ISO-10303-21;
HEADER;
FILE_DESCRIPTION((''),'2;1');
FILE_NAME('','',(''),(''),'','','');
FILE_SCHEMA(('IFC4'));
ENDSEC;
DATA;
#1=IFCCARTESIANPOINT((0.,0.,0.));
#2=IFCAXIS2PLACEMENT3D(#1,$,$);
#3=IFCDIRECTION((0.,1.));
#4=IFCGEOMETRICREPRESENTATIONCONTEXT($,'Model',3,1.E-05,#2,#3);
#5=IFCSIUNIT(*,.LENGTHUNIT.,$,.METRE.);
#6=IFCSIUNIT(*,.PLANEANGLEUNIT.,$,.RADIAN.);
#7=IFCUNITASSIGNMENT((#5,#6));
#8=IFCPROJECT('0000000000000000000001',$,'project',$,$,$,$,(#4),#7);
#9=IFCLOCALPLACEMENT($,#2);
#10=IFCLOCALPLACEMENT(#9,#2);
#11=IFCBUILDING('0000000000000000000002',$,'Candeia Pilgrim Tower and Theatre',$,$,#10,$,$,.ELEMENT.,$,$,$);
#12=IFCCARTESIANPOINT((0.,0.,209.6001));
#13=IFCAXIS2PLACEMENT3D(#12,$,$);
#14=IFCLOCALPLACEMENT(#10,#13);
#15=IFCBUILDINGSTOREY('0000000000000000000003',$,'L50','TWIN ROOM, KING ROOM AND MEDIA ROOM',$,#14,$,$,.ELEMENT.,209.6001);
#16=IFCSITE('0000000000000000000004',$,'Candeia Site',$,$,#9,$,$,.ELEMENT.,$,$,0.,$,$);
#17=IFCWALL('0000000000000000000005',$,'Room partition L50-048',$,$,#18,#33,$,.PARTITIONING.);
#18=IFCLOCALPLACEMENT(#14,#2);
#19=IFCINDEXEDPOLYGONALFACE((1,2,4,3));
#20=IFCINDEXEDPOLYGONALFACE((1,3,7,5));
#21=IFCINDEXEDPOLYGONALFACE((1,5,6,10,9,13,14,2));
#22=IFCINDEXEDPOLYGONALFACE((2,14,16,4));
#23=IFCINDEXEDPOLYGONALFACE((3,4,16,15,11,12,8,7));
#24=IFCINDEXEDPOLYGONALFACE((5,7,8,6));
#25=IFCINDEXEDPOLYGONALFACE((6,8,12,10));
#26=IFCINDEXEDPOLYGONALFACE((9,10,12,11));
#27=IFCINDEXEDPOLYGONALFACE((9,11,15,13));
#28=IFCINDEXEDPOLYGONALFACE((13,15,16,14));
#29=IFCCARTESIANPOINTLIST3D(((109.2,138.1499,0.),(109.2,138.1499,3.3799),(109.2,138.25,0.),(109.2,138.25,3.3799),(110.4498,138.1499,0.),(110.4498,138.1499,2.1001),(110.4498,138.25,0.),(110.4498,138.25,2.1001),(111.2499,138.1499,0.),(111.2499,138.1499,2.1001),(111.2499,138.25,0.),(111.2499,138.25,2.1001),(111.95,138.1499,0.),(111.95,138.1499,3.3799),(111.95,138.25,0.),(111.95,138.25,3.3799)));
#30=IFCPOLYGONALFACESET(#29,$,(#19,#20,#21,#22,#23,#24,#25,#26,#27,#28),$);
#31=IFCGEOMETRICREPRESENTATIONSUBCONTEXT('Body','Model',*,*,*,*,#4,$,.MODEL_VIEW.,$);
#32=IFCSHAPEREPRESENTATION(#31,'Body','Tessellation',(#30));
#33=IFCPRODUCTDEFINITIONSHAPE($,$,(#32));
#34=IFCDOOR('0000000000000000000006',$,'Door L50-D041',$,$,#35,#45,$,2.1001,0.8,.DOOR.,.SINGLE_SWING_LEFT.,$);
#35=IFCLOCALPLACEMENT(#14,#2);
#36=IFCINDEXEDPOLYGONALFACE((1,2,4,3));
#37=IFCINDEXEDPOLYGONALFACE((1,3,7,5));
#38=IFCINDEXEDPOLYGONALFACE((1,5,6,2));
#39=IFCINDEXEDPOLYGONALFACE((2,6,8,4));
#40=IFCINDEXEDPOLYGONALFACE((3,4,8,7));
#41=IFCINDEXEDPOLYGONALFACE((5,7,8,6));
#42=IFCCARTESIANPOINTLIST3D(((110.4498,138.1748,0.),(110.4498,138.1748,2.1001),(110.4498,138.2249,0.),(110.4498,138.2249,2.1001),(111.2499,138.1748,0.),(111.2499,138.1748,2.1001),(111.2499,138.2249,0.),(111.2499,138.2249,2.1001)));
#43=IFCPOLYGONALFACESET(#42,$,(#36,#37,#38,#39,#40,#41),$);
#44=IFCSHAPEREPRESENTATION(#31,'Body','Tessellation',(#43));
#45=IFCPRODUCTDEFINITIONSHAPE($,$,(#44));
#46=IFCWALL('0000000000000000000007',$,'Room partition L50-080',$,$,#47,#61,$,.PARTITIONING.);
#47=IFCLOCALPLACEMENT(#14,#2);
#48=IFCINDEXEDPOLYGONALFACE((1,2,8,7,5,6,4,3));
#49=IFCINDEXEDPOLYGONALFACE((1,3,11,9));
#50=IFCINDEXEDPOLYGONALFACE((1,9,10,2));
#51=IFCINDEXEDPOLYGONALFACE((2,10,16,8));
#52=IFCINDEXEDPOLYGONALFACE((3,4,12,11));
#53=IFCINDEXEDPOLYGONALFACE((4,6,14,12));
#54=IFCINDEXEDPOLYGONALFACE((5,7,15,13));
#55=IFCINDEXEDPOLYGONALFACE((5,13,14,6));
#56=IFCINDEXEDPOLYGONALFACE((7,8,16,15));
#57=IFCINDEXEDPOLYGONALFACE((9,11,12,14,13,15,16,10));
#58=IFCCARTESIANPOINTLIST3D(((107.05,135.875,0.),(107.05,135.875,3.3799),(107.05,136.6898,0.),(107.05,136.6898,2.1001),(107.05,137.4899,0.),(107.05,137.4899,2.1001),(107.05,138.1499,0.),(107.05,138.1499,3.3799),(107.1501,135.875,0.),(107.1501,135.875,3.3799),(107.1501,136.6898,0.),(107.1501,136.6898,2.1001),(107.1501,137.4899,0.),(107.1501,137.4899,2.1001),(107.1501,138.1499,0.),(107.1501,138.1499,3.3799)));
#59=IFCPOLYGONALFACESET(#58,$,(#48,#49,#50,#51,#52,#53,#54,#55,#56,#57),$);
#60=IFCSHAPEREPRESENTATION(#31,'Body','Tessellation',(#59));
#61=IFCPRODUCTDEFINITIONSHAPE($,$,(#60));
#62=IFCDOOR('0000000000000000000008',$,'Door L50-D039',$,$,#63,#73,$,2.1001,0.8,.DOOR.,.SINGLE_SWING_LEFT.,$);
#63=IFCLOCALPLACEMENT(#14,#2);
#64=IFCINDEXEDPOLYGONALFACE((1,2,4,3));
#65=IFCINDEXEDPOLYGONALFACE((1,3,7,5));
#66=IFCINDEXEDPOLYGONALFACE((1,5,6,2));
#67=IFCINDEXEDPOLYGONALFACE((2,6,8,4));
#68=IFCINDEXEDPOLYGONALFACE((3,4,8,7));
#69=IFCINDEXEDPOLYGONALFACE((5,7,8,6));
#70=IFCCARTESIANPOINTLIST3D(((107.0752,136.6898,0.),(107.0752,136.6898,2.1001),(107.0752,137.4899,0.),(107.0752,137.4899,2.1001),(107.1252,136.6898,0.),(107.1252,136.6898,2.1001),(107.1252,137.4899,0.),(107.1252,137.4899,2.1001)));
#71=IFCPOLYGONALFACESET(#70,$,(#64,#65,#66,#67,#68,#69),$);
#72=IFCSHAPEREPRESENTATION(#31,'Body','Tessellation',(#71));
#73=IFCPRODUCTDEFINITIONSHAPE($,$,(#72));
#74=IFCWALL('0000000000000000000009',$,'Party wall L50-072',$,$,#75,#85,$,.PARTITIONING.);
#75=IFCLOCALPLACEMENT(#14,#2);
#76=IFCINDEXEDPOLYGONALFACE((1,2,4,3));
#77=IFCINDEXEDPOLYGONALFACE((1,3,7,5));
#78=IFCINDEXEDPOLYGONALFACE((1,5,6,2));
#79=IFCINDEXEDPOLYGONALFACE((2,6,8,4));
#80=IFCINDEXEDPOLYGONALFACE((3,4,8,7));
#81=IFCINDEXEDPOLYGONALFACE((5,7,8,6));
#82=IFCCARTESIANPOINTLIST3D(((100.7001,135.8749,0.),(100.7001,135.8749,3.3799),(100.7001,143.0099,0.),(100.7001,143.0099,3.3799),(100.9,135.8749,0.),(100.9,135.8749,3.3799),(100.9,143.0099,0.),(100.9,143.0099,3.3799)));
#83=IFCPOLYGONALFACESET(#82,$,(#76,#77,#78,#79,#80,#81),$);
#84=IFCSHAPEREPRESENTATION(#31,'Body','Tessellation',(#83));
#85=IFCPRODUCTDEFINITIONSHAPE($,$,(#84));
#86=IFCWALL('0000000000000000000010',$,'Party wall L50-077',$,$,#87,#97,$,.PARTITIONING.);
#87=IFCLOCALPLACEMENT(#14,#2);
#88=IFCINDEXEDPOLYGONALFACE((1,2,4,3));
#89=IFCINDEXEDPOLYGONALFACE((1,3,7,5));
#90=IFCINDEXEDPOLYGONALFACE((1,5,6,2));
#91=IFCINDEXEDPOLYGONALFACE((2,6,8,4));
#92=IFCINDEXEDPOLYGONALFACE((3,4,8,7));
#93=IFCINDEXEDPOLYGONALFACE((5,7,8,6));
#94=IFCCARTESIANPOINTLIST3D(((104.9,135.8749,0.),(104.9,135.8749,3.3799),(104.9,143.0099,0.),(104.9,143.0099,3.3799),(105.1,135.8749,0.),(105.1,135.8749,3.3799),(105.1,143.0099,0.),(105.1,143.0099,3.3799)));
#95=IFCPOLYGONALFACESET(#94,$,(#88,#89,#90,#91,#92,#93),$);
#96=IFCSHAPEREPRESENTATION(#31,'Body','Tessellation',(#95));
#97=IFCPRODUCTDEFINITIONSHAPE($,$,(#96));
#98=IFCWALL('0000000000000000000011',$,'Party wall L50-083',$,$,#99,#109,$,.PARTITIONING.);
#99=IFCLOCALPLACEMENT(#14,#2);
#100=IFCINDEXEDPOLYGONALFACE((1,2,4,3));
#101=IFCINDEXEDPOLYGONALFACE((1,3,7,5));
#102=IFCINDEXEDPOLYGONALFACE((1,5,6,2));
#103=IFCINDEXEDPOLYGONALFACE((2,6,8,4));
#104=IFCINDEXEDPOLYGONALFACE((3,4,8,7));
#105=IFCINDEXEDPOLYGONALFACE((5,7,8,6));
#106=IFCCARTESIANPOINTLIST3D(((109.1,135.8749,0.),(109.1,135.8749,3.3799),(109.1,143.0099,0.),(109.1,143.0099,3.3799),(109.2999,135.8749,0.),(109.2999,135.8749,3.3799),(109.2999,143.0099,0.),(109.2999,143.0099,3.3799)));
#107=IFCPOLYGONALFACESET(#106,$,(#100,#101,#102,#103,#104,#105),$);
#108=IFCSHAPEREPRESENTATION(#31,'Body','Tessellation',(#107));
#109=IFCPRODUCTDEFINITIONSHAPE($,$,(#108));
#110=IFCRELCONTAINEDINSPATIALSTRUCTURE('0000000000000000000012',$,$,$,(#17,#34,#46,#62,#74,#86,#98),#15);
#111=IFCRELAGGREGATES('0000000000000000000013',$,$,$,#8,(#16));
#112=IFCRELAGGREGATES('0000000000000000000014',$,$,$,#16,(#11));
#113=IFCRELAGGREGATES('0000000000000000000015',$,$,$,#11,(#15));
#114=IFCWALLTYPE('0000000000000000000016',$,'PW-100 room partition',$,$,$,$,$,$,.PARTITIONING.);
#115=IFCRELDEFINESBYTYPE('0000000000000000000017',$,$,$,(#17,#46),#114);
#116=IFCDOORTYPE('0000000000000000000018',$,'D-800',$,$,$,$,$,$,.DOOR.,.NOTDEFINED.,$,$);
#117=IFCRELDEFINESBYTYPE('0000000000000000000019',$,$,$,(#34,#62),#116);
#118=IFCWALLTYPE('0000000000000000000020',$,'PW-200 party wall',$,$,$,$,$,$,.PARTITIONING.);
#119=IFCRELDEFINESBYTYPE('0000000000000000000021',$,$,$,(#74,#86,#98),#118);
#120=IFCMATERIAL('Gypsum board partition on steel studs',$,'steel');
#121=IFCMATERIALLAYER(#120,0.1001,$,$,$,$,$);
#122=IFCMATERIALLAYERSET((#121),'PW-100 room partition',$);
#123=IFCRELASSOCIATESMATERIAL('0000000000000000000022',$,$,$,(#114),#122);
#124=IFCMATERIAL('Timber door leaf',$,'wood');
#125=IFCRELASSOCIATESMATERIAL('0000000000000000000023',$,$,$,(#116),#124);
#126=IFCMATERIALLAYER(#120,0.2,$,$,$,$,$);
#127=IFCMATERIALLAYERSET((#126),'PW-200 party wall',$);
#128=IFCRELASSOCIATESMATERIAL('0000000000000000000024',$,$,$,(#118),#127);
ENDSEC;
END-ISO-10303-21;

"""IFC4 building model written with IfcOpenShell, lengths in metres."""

from ifc_helpers import new_model, si_unit, direction, frame, frame_2d, origin, place, context, subcontext, project, spatial, rectangle, extrude, material, layer, layer_set, type_object, element, fill, save


model = new_model("IFC4")

# Units and contexts
model_context = context("Model", 3, precision=1e-05, world=origin(), true_north=direction((0.0, 1.0)))
body_context = subcontext(model_context, "Body", "Model", "MODEL_VIEW")
ifc_project = project(units=[si_unit("LENGTHUNIT", "METRE"), si_unit("PLANEANGLEUNIT", "RADIAN")], contexts=[model_context])

# Site, building, storey
site_placement = place(None, origin())
site = spatial("IfcSite", under=ifc_project, at=site_placement, Name="Candeia Site", CompositionType="ELEMENT", RefElevation=0.0)
building_placement = place(site_placement, origin())
building = spatial("IfcBuilding", under=site, at=building_placement, Name="Candeia Pilgrim Tower and Theatre", CompositionType="ELEMENT")
storey_placement = place(building_placement, frame((0.0, 0.0, 209.6001)))
storey = spatial("IfcBuildingStorey", under=building, at=storey_placement, Name="L50", Description="TWIN ROOM, KING ROOM AND MEDIA ROOM", CompositionType="ELEMENT", Elevation=209.6001)

# Shared definitions
ifc_material_1 = material(Name="Gypsum board partition on steel studs", Category="steel")
ifc_layer_1 = layer(ifc_material_1, 0.1001)
ifc_layer_set_1 = layer_set([ifc_layer_1], Name="PW-100 room partition")
wall_type_1 = type_object("IfcWallType", Name="PW-100 room partition", PredefinedType="PARTITIONING", material=ifc_layer_set_1)

# Walls, openings, doors
wall_1_placement = place(storey_placement, frame((109.2, 138.2, 0.0), z_axis=(0.0, 0.0, 1.0), x_axis=(1.0, 0.0, 0.0)))
wall_1 = element("IfcWall", 1, at=wall_1_placement, inside=storey, type_object=wall_type_1, Name="Room partition L50-048", PredefinedType="PARTITIONING", context=body_context, shape_type="SweptSolid", body=[
    extrude(rectangle(XDim=2.75, YDim=0.1001, at=frame_2d((1.375, 0.0))), origin(), (0.0, 0.0, 1.0), 3.3799),
])
opening_1_placement = place(wall_1_placement, frame((1.25, 0.0, 0.0)))
opening_1 = element("IfcOpeningElement", 2, at=opening_1_placement, cuts=wall_1, PredefinedType="OPENING", context=body_context, shape_type="SweptSolid", body=[
    extrude(rectangle(XDim=0.8, YDim=2.1001, at=frame_2d((0.3999, 1.05))), frame((0.0, 0.0601, 0.0), z_axis=(0.0, -1.0, 0.0), x_axis=(1.0, 0.0, 0.0)), (0.0, 0.0, 1.0), 0.1201),
])
ifc_material_2 = material(Name="Timber door leaf", Category="wood")
door_type_1 = type_object("IfcDoorType", Name="D-800", OperationType="NOTDEFINED", PredefinedType="DOOR", material=ifc_material_2)
door_1_placement = place(opening_1_placement, origin())
door_1 = element("IfcDoor", 3, at=door_1_placement, inside=storey, type_object=door_type_1, Name="Door L50-D041", OperationType="SINGLE_SWING_LEFT", OverallHeight=2.1001, OverallWidth=0.8, PredefinedType="DOOR", context=body_context, shape_type="SweptSolid", body=[
    extrude(rectangle(XDim=0.8, YDim=2.1001, at=frame_2d((0.3999, 1.05))), frame((0.0, 0.0249, 0.0), z_axis=(0.0, -1.0, 0.0), x_axis=(1.0, 0.0, 0.0)), (0.0, 0.0, 1.0), 0.05),
])
fill(opening_1, door_1)
wall_2_placement = place(storey_placement, frame((107.1001, 135.875, 0.0), z_axis=(0.0, 0.0, 1.0), x_axis=(0.0, 1.0, 0.0)))
wall_2 = element("IfcWall", 4, at=wall_2_placement, inside=storey, type_object=wall_type_1, Name="Room partition L50-080", PredefinedType="PARTITIONING", context=body_context, shape_type="SweptSolid", body=[
    extrude(rectangle(XDim=2.2749, YDim=0.1001, at=frame_2d((1.1375, 0.0))), origin(), (0.0, 0.0, 1.0), 3.3799),
])
opening_2_placement = place(wall_2_placement, frame((0.8149, 0.0, 0.0)))
opening_2 = element("IfcOpeningElement", 5, at=opening_2_placement, cuts=wall_2, PredefinedType="OPENING", context=body_context, shape_type="SweptSolid", body=[
    extrude(rectangle(XDim=0.8, YDim=2.1001, at=frame_2d((0.3999, 1.05))), frame((0.0, 0.0601, 0.0), z_axis=(0.0, -1.0, 0.0), x_axis=(1.0, 0.0, 0.0)), (0.0, 0.0, 1.0), 0.1201),
])
door_2_placement = place(opening_2_placement, origin())
door_2 = element("IfcDoor", 6, at=door_2_placement, inside=storey, type_object=door_type_1, Name="Door L50-D039", OperationType="SINGLE_SWING_LEFT", OverallHeight=2.1001, OverallWidth=0.8, PredefinedType="DOOR", context=body_context, shape_type="SweptSolid", body=[
    extrude(rectangle(XDim=0.8, YDim=2.1001, at=frame_2d((0.3999, 1.05))), frame((0.0, 0.0249, 0.0), z_axis=(0.0, -1.0, 0.0), x_axis=(1.0, 0.0, 0.0)), (0.0, 0.0, 1.0), 0.05),
])
fill(opening_2, door_2)

# Walls
ifc_layer_2 = layer(ifc_material_1, 0.2)
ifc_layer_set_2 = layer_set([ifc_layer_2], Name="PW-200 party wall")
wall_type_2 = type_object("IfcWallType", Name="PW-200 party wall", PredefinedType="PARTITIONING", material=ifc_layer_set_2)
for number, where, z_axis, x_axis, name in (
    (7, (100.8, 135.875, 0.0), (0.0, 0.0, 1.0), (0.0, 1.0, 0.0), "Party wall L50-072"),
    (8, (105.0, 135.875, 0.0), (0.0, 0.0, 1.0), (0.0, 1.0, 0.0), "Party wall L50-077"),
    (9, (109.2, 135.875, 0.0), (0.0, 0.0, 1.0), (0.0, 1.0, 0.0), "Party wall L50-083"),
):
    element("IfcWall", number, at=place(storey_placement, frame(where, z_axis=z_axis, x_axis=x_axis)), inside=storey, type_object=wall_type_2, Name=name, PredefinedType="PARTITIONING", context=body_context, shape_type="SweptSolid", body=[
        extrude(rectangle(XDim=7.135, YDim=0.2, at=frame_2d((3.5674, 0.0))), origin(), (0.0, 0.0, 1.0), 3.3799),
    ])

save(model, "model.ifc")
